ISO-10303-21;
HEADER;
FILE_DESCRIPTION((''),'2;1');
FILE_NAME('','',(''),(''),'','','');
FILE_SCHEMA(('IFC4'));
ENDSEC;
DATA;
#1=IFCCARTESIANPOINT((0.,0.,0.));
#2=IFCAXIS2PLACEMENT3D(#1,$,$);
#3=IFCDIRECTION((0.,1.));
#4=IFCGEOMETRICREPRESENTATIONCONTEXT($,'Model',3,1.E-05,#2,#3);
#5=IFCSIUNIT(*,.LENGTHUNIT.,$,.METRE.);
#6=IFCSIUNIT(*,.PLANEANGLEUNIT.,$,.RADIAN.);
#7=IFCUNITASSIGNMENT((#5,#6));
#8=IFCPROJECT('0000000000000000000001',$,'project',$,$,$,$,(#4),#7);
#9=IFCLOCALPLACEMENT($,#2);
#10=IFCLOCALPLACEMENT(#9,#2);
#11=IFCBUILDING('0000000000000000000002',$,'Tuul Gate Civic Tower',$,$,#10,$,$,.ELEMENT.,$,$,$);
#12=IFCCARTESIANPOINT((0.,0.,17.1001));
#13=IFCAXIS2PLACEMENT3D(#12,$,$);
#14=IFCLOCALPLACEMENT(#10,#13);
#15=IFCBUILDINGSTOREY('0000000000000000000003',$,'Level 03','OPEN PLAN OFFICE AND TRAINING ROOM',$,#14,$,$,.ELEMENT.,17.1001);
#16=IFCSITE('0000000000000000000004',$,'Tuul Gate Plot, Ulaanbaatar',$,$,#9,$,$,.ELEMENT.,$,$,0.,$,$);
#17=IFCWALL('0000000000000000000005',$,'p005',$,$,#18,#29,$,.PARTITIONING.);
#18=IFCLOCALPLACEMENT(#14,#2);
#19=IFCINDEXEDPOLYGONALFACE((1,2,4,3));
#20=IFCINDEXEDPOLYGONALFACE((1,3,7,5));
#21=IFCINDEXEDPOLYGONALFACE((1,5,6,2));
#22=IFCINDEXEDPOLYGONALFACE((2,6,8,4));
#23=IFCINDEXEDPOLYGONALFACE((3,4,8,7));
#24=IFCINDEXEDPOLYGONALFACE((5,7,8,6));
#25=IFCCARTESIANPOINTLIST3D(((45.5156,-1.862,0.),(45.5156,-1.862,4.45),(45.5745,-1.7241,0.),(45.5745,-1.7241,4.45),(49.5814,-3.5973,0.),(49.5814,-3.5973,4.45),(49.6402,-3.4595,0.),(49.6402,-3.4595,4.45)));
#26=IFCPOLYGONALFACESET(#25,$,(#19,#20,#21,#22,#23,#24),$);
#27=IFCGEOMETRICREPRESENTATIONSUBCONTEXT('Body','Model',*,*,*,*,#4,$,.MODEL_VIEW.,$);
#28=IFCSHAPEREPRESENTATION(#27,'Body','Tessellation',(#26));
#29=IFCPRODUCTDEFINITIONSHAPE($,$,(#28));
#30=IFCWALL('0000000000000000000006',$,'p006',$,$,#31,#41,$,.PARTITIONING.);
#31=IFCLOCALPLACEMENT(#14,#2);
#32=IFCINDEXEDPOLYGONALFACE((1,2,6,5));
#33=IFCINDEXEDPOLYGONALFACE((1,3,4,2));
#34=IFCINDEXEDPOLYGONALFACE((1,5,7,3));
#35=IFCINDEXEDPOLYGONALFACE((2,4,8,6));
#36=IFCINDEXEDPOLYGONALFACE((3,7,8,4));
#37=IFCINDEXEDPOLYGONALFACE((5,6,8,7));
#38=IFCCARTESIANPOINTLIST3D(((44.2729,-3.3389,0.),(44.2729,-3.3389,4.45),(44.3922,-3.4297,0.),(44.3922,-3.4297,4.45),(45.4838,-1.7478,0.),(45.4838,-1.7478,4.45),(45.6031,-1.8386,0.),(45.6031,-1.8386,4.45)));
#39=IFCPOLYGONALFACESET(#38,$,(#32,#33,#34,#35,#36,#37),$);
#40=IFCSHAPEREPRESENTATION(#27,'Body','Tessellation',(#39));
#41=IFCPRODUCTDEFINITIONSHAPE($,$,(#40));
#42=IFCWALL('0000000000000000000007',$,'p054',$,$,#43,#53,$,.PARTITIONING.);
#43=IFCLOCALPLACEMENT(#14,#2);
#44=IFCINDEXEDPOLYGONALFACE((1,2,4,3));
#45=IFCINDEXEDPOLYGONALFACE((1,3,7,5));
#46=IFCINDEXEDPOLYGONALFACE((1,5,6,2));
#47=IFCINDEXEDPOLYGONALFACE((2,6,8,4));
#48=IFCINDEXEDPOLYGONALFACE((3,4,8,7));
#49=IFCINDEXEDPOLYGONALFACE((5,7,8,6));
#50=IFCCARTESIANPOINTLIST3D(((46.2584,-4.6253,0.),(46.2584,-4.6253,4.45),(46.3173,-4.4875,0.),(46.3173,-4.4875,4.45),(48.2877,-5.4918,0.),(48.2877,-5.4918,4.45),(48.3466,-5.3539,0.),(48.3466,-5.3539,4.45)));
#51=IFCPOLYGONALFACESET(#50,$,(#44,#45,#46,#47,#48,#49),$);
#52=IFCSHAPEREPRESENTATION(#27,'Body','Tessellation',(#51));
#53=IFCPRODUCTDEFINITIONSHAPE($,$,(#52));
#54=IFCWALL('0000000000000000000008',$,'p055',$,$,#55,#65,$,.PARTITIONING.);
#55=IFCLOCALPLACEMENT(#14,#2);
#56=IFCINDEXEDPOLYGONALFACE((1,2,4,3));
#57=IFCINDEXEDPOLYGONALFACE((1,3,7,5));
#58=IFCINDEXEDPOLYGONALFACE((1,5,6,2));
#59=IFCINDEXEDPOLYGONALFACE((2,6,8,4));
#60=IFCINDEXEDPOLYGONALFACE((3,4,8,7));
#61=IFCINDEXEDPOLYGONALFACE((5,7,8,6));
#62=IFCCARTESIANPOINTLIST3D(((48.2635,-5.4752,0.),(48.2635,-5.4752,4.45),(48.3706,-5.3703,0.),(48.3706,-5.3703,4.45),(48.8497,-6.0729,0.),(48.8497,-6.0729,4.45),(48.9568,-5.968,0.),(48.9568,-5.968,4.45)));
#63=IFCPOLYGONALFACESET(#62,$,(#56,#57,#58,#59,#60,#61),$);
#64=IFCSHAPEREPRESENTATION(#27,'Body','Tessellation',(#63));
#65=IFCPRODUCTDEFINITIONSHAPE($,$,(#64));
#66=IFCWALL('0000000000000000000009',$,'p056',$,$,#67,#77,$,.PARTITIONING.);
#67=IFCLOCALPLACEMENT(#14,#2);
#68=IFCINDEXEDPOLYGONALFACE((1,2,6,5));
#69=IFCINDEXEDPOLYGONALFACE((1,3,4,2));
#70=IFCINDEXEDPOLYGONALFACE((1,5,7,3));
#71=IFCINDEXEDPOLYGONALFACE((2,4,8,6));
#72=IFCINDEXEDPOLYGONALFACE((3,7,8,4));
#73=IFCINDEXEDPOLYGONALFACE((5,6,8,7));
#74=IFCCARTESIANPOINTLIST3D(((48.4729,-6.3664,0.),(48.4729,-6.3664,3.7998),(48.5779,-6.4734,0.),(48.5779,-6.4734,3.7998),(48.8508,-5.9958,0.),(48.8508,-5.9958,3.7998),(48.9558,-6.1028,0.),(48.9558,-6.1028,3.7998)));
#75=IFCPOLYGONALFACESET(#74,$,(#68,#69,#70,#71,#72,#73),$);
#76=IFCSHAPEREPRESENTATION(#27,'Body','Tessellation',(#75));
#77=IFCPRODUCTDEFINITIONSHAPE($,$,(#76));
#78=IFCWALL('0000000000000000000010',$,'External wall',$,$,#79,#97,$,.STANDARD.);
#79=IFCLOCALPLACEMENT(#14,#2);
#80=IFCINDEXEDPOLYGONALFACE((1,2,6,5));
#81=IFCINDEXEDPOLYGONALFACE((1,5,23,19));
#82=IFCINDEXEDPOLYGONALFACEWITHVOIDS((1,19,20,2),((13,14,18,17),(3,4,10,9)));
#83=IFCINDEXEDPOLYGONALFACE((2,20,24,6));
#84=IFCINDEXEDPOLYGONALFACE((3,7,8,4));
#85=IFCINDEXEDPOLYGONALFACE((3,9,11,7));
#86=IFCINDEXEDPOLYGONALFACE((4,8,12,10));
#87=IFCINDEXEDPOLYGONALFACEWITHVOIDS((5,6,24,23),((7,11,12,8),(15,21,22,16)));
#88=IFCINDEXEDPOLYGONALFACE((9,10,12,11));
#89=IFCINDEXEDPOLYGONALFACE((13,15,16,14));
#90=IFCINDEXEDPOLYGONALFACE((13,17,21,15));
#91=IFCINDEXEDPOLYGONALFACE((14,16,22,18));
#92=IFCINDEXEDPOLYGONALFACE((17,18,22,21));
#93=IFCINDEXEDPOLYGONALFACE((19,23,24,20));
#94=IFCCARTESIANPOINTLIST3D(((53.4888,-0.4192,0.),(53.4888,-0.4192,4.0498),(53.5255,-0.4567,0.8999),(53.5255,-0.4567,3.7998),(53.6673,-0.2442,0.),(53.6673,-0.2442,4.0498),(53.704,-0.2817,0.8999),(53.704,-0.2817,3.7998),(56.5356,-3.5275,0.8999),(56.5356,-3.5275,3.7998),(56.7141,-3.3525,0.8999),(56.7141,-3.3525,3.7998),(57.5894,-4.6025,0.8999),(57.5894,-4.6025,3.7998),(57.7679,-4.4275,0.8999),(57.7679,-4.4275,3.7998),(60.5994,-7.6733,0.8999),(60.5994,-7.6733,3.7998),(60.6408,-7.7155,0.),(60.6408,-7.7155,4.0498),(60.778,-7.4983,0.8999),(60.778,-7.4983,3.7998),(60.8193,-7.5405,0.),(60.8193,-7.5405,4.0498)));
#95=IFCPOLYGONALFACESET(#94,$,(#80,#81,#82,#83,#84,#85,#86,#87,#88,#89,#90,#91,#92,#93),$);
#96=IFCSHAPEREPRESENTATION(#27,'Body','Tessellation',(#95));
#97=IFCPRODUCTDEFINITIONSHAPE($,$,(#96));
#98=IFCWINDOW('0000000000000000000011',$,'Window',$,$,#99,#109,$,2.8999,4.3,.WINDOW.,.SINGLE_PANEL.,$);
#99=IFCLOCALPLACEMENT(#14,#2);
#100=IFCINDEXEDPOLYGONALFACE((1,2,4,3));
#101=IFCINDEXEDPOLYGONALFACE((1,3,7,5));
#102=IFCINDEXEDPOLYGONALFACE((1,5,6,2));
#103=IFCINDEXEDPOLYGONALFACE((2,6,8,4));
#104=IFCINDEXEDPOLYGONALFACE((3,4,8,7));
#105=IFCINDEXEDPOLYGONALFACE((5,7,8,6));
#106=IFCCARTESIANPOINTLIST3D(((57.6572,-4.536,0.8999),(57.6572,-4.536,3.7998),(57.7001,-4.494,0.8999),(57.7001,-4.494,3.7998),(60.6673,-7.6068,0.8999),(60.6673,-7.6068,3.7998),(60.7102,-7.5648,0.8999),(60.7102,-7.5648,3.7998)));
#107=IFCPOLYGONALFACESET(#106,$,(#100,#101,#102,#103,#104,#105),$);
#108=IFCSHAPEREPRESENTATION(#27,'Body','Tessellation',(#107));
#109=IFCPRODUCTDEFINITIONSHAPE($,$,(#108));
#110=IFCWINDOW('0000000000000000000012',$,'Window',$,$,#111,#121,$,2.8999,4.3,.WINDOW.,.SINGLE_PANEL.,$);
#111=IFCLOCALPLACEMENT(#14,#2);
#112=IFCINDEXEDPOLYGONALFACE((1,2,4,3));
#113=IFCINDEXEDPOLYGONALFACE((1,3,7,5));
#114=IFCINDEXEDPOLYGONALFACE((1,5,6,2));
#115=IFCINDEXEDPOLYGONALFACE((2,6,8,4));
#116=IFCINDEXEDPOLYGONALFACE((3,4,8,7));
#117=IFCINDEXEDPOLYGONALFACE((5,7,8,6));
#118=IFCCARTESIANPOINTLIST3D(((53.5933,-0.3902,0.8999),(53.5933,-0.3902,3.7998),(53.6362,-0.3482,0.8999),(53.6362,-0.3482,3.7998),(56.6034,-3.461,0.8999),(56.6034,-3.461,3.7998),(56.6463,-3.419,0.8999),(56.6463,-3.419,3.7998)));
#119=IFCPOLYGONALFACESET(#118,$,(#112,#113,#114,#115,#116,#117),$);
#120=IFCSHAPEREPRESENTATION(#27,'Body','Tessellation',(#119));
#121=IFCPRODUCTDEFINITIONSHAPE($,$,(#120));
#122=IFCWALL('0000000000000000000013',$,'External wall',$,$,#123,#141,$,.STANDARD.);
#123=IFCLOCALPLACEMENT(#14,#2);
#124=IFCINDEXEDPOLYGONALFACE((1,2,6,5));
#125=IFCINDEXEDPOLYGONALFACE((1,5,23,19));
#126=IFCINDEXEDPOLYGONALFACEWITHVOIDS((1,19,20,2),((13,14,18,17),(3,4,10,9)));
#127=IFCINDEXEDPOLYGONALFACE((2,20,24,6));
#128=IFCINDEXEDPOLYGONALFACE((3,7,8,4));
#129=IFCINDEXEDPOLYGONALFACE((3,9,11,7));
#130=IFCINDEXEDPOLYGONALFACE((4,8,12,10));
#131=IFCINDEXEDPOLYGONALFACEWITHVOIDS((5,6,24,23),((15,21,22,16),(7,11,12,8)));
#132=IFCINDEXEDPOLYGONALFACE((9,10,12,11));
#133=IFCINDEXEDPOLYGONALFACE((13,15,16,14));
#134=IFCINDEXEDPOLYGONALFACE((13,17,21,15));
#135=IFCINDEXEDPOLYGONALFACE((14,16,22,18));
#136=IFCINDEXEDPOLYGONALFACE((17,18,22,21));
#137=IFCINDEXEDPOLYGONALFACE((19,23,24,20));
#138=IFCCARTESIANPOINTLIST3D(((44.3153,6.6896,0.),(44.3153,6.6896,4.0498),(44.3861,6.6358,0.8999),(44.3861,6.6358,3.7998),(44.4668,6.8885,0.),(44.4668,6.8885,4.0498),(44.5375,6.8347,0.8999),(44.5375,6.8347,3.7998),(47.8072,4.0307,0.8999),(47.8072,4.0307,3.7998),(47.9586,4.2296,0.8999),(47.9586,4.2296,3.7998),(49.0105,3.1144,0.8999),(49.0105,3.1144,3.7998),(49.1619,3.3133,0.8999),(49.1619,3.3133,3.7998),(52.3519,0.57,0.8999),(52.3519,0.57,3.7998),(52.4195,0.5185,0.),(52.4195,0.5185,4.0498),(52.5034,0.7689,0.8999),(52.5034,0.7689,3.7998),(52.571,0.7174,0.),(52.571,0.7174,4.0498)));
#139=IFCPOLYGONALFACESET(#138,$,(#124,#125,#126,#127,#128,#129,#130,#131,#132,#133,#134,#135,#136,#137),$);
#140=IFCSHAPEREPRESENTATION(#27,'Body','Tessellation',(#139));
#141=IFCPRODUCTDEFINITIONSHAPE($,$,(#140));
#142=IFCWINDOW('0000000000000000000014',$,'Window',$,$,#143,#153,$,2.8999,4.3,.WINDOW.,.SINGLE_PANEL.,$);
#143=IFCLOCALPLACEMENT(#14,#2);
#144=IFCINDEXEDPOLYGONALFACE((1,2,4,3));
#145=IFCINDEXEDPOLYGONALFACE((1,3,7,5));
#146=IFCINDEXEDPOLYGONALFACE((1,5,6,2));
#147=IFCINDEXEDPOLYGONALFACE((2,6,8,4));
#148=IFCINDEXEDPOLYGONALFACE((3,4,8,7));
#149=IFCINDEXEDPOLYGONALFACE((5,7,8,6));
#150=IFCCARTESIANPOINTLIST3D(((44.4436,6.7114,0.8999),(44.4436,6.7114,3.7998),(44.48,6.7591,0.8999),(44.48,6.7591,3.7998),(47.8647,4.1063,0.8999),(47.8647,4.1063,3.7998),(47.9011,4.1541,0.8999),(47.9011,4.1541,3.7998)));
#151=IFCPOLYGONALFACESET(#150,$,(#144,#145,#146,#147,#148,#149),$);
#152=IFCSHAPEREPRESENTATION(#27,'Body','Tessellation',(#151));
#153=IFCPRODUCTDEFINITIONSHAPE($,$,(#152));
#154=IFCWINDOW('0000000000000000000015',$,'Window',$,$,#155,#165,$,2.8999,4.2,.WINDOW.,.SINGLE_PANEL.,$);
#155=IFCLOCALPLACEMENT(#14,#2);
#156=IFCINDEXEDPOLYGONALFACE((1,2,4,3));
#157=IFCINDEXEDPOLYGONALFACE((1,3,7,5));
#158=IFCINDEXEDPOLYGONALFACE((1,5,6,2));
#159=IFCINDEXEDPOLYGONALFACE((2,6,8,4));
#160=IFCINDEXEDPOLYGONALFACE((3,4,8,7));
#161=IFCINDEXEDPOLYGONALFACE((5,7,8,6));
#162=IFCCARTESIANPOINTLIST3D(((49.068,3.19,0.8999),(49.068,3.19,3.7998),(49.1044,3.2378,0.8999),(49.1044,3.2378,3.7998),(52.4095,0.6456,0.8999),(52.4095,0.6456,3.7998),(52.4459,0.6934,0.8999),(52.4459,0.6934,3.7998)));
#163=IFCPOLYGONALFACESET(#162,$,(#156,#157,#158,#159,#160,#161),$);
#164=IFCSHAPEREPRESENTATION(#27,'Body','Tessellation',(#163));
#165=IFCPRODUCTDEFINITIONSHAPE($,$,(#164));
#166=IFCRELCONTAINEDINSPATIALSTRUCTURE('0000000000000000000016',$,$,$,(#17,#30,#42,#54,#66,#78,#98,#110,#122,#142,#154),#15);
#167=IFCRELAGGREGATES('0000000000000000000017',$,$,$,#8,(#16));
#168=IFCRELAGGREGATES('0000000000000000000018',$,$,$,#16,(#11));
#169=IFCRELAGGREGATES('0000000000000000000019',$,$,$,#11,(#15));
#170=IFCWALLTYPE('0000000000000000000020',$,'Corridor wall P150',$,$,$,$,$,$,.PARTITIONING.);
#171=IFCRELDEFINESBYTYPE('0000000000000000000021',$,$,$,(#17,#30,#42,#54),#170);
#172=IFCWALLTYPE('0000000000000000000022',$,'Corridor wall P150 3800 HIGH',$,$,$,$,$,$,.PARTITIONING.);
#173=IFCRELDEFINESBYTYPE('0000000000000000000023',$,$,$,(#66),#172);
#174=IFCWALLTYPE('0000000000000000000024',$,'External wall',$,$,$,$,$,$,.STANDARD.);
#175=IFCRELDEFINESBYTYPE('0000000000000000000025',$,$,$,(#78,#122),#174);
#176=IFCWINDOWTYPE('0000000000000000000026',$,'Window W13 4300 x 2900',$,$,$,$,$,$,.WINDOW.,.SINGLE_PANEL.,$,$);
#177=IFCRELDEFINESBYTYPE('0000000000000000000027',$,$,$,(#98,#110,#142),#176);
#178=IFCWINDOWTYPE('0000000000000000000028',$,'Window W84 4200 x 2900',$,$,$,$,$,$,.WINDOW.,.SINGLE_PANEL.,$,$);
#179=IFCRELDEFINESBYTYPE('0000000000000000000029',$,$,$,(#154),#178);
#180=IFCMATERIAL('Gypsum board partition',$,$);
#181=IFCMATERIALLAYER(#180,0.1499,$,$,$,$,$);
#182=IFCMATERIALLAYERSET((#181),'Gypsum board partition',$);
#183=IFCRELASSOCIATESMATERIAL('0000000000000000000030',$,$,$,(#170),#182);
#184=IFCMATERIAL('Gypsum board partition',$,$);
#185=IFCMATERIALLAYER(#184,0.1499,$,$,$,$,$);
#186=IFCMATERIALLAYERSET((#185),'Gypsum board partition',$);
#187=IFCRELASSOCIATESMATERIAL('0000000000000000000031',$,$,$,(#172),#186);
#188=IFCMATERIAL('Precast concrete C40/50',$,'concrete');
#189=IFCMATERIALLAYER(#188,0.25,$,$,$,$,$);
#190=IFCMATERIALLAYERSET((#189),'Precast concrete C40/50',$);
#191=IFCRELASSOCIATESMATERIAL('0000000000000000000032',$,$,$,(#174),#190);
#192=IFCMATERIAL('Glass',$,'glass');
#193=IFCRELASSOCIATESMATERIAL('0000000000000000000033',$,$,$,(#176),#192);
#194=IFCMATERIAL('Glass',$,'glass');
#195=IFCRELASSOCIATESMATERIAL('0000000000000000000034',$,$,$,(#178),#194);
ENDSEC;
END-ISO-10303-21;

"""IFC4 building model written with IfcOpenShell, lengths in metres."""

from ifc_helpers import new_model, si_unit, direction, frame, frame_2d, origin, place, context, subcontext, project, spatial, rectangle, extrude, material, layer, layer_set, type_object, element, fill, save


model = new_model("IFC4")

# Units and contexts
model_context = context("Model", 3, precision=1e-05, world=origin(), true_north=direction((0.0, 1.0)))
body_context = subcontext(model_context, "Body", "Model", "MODEL_VIEW")
ifc_project = project(units=[si_unit("LENGTHUNIT", "METRE"), si_unit("PLANEANGLEUNIT", "RADIAN")], contexts=[model_context])

# Site, building, storey
site_placement = place(None, origin())
site = spatial("IfcSite", under=ifc_project, at=site_placement, Name="Tuul Gate Plot, Ulaanbaatar", CompositionType="ELEMENT", RefElevation=0.0)
building_placement = place(site_placement, origin())
building = spatial("IfcBuilding", under=site, at=building_placement, Name="Tuul Gate Civic Tower", CompositionType="ELEMENT")
storey_placement = place(building_placement, frame((0.0, 0.0, 17.1001)))
storey = spatial("IfcBuildingStorey", under=building, at=storey_placement, Name="Level 03", Description="OPEN PLAN OFFICE AND TRAINING ROOM", CompositionType="ELEMENT", Elevation=17.1001)

# Shared definitions
ifc_material_1 = material(Name="Gypsum board partition")
ifc_layer_1 = layer(ifc_material_1, 0.1499)
ifc_layer_set_1 = layer_set([ifc_layer_1], Name="Gypsum board partition")
wall_type_1 = type_object("IfcWallType", Name="Corridor wall P150", PredefinedType="PARTITIONING", material=ifc_layer_set_1)

# Walls
wall_1_placement = place(storey_placement, frame((45.5449, -1.793, 0.0), z_axis=(0.0, 0.0, 1.0), x_axis=(0.919724, -0.392566, 0.0)))
element("IfcWall", 1, at=wall_1_placement, inside=storey, type_object=wall_type_1, Name="p005", PredefinedType="PARTITIONING", context=body_context, shape_type="SweptSolid", body=[
    extrude(rectangle(XDim=4.4207, YDim=0.1499, at=frame_2d((2.2104, 0.0))), origin(), (0.0, 0.0, 1.0), 4.45),
])
wall_2_placement = place(storey_placement, frame((44.3325, -3.3843, 0.0), z_axis=(0.0, 0.0, 1.0), x_axis=(0.605631, 0.795746, 0.0)))
element("IfcWall", 2, at=wall_2_placement, inside=storey, type_object=wall_type_1, Name="p006", PredefinedType="PARTITIONING", context=body_context, shape_type="SweptSolid", body=[
    extrude(rectangle(XDim=1.9995, YDim=0.1499, at=frame_2d((0.9998, 0.0))), origin(), (0.0, 0.0, 1.0), 4.45),
])
wall_3_placement = place(storey_placement, frame((46.2878, -4.5564, 0.0), z_axis=(0.0, 0.0, 1.0), x_axis=(0.919676, -0.392677, 0.0)))
element("IfcWall", 3, at=wall_3_placement, inside=storey, type_object=wall_type_1, Name="p054", PredefinedType="PARTITIONING", context=body_context, shape_type="SweptSolid", body=[
    extrude(rectangle(XDim=2.2065, YDim=0.1499, at=frame_2d((1.1033, 0.0))), origin(), (0.0, 0.0, 1.0), 4.45),
])
wall_4_placement = place(storey_placement, frame((48.3171, -5.4229, 0.0), z_axis=(0.0, 0.0, 1.0), x_axis=(0.70022, -0.713927, 0.0)))
element("IfcWall", 4, at=wall_4_placement, inside=storey, type_object=wall_type_1, Name="p055", PredefinedType="PARTITIONING", context=body_context, shape_type="SweptSolid", body=[
    extrude(rectangle(XDim=0.8372, YDim=0.1499, at=frame_2d((0.4185, 0.0))), origin(), (0.0, 0.0, 1.0), 4.45),
])
ifc_material_2 = material(Name="Gypsum board partition")
ifc_layer_2 = layer(ifc_material_2, 0.1499)
ifc_layer_set_2 = layer_set([ifc_layer_2], Name="Gypsum board partition")
wall_type_2 = type_object("IfcWallType", Name="Corridor wall P150 3800 HIGH", PredefinedType="PARTITIONING", material=ifc_layer_set_2)
wall_5_placement = place(storey_placement, frame((48.5254, -6.4199, 0.0), z_axis=(0.0, 0.0, 1.0), x_axis=(0.713991, 0.700154, 0.0)))
element("IfcWall", 5, at=wall_5_placement, inside=storey, type_object=wall_type_2, Name="p056", PredefinedType="PARTITIONING", context=body_context, shape_type="SweptSolid", body=[
    extrude(rectangle(XDim=0.5293, YDim=0.1499, at=frame_2d((0.2646, 0.0))), origin(), (0.0, 0.0, 1.0), 3.7998),
])

# Walls, openings, windows
ifc_material_3 = material(Name="Precast concrete C40/50", Category="concrete")
ifc_layer_3 = layer(ifc_material_3, 0.25)
ifc_layer_set_3 = layer_set([ifc_layer_3], Name="Precast concrete C40/50")
wall_type_3 = type_object("IfcWallType", Name="External wall", PredefinedType="STANDARD", material=ifc_layer_set_3)
wall_6_placement = place(storey_placement, frame((60.73, -7.6279, 0.0), z_axis=(0.0, 0.0, 1.0), x_axis=(-0.70001, 0.714133, 0.0)))
wall_6 = element("IfcWall", 6, at=wall_6_placement, inside=storey, type_object=wall_type_3, Name="External wall", PredefinedType="STANDARD", context=body_context, shape_type="SweptSolid", body=[
    extrude(rectangle(XDim=10.217, YDim=0.25, at=frame_2d((5.1084, 0.0))), origin(), (0.0, 0.0, 1.0), 4.0498),
])
opening_1_placement = place(wall_6_placement, frame((0.0591, 0.0, 0.8999)))
opening_1 = element("IfcOpeningElement", 7, at=opening_1_placement, cuts=wall_6, PredefinedType="OPENING", context=body_context, shape_type="SweptSolid", body=[
    extrude(rectangle(XDim=4.3, YDim=2.8999, at=frame_2d((2.1499, 1.45))), frame((0.0, 0.135, 0.0), z_axis=(0.0, -1.0, 0.0), x_axis=(1.0, 0.0, 0.0)), (0.0, 0.0, 1.0), 0.27),
])
opening_2_placement = place(wall_6_placement, frame((5.8645, 0.0, 0.8999)))
opening_2 = element("IfcOpeningElement", 8, at=opening_2_placement, cuts=wall_6, PredefinedType="OPENING", context=body_context, shape_type="SweptSolid", body=[
    extrude(rectangle(XDim=4.3, YDim=2.8999, at=frame_2d((2.1499, 1.45))), frame((0.0, 0.135, 0.0), z_axis=(0.0, -1.0, 0.0), x_axis=(1.0, 0.0, 0.0)), (0.0, 0.0, 1.0), 0.27),
])
ifc_material_4 = material(Name="Glass", Category="glass")
window_type_1 = type_object("IfcWindowType", Name="Window W13 4300 x 2900", PartitioningType="SINGLE_PANEL", PredefinedType="WINDOW", material=ifc_material_4)
window_1_placement = place(opening_1_placement, origin())
window_1 = element("IfcWindow", 9, at=window_1_placement, inside=storey, type_object=window_type_1, Name="Window", OverallHeight=2.8999, OverallWidth=4.3, PartitioningType="SINGLE_PANEL", PredefinedType="WINDOW", context=body_context, shape_type="SweptSolid", body=[
    extrude(rectangle(XDim=4.3, YDim=2.8999, at=frame_2d((2.1499, 1.45))), frame((0.0, 0.03, 0.0), z_axis=(0.0, -1.0, 0.0), x_axis=(1.0, 0.0, 0.0)), (0.0, 0.0, 1.0), 0.0601),
])
fill(opening_1, window_1)
window_2_placement = place(opening_2_placement, origin())
window_2 = element("IfcWindow", 10, at=window_2_placement, inside=storey, type_object=window_type_1, Name="Window", OverallHeight=2.8999, OverallWidth=4.3, PartitioningType="SINGLE_PANEL", PredefinedType="WINDOW", context=body_context, shape_type="SweptSolid", body=[
    extrude(rectangle(XDim=4.3, YDim=2.8999, at=frame_2d((2.1499, 1.45))), frame((0.0, 0.03, 0.0), z_axis=(0.0, -1.0, 0.0), x_axis=(1.0, 0.0, 0.0)), (0.0, 0.0, 1.0), 0.0601),
])
fill(opening_2, window_2)
wall_7_placement = place(storey_placement, frame((52.4954, 0.6179, 0.0), z_axis=(0.0, 0.0, 1.0), x_axis=(-0.795598, 0.605824, 0.0)))
wall_7 = element("IfcWall", 11, at=wall_7_placement, inside=storey, type_object=wall_type_3, Name="External wall", PredefinedType="STANDARD", context=body_context, shape_type="SweptSolid", body=[
    extrude(rectangle(XDim=10.1863, YDim=0.25, at=frame_2d((5.0933, 0.0))), origin(), (0.0, 0.0, 1.0), 4.0498),
])
opening_3_placement = place(wall_7_placement, frame((0.085, 0.0, 0.8999)))
opening_3 = element("IfcOpeningElement", 12, at=opening_3_placement, cuts=wall_7, PredefinedType="OPENING", context=body_context, shape_type="SweptSolid", body=[
    extrude(rectangle(XDim=4.2, YDim=2.8999, at=frame_2d((2.1001, 1.45))), frame((0.0, 0.135, 0.0), z_axis=(0.0, -1.0, 0.0), x_axis=(1.0, 0.0, 0.0)), (0.0, 0.0, 1.0), 0.27),
])
opening_4_placement = place(wall_7_placement, frame((5.7976, 0.0, 0.8999)))
opening_4 = element("IfcOpeningElement", 13, at=opening_4_placement, cuts=wall_7, PredefinedType="OPENING", context=body_context, shape_type="SweptSolid", body=[
    extrude(rectangle(XDim=4.3, YDim=2.8999, at=frame_2d((2.1499, 1.45))), frame((0.0, 0.135, 0.0), z_axis=(0.0, -1.0, 0.0), x_axis=(1.0, 0.0, 0.0)), (0.0, 0.0, 1.0), 0.27),
])
window_3_placement = place(opening_4_placement, origin())
window_3 = element("IfcWindow", 14, at=window_3_placement, inside=storey, type_object=window_type_1, Name="Window", OverallHeight=2.8999, OverallWidth=4.3, PartitioningType="SINGLE_PANEL", PredefinedType="WINDOW", context=body_context, shape_type="SweptSolid", body=[
    extrude(rectangle(XDim=4.3, YDim=2.8999, at=frame_2d((2.1499, 1.45))), frame((0.0, 0.03, 0.0), z_axis=(0.0, -1.0, 0.0), x_axis=(1.0, 0.0, 0.0)), (0.0, 0.0, 1.0), 0.0601),
])
fill(opening_4, window_3)
ifc_material_5 = material(Name="Glass", Category="glass")
window_type_2 = type_object("IfcWindowType", Name="Window W84 4200 x 2900", PartitioningType="SINGLE_PANEL", PredefinedType="WINDOW", material=ifc_material_5)
window_4_placement = place(opening_3_placement, origin())
window_4 = element("IfcWindow", 15, at=window_4_placement, inside=storey, type_object=window_type_2, Name="Window", OverallHeight=2.8999, OverallWidth=4.2, PartitioningType="SINGLE_PANEL", PredefinedType="WINDOW", context=body_context, shape_type="SweptSolid", body=[
    extrude(rectangle(XDim=4.2, YDim=2.8999, at=frame_2d((2.1001, 1.45))), frame((0.0, 0.03, 0.0), z_axis=(0.0, -1.0, 0.0), x_axis=(1.0, 0.0, 0.0)), (0.0, 0.0, 1.0), 0.0601),
])
fill(opening_3, window_4)

save(model, "model.ifc")
